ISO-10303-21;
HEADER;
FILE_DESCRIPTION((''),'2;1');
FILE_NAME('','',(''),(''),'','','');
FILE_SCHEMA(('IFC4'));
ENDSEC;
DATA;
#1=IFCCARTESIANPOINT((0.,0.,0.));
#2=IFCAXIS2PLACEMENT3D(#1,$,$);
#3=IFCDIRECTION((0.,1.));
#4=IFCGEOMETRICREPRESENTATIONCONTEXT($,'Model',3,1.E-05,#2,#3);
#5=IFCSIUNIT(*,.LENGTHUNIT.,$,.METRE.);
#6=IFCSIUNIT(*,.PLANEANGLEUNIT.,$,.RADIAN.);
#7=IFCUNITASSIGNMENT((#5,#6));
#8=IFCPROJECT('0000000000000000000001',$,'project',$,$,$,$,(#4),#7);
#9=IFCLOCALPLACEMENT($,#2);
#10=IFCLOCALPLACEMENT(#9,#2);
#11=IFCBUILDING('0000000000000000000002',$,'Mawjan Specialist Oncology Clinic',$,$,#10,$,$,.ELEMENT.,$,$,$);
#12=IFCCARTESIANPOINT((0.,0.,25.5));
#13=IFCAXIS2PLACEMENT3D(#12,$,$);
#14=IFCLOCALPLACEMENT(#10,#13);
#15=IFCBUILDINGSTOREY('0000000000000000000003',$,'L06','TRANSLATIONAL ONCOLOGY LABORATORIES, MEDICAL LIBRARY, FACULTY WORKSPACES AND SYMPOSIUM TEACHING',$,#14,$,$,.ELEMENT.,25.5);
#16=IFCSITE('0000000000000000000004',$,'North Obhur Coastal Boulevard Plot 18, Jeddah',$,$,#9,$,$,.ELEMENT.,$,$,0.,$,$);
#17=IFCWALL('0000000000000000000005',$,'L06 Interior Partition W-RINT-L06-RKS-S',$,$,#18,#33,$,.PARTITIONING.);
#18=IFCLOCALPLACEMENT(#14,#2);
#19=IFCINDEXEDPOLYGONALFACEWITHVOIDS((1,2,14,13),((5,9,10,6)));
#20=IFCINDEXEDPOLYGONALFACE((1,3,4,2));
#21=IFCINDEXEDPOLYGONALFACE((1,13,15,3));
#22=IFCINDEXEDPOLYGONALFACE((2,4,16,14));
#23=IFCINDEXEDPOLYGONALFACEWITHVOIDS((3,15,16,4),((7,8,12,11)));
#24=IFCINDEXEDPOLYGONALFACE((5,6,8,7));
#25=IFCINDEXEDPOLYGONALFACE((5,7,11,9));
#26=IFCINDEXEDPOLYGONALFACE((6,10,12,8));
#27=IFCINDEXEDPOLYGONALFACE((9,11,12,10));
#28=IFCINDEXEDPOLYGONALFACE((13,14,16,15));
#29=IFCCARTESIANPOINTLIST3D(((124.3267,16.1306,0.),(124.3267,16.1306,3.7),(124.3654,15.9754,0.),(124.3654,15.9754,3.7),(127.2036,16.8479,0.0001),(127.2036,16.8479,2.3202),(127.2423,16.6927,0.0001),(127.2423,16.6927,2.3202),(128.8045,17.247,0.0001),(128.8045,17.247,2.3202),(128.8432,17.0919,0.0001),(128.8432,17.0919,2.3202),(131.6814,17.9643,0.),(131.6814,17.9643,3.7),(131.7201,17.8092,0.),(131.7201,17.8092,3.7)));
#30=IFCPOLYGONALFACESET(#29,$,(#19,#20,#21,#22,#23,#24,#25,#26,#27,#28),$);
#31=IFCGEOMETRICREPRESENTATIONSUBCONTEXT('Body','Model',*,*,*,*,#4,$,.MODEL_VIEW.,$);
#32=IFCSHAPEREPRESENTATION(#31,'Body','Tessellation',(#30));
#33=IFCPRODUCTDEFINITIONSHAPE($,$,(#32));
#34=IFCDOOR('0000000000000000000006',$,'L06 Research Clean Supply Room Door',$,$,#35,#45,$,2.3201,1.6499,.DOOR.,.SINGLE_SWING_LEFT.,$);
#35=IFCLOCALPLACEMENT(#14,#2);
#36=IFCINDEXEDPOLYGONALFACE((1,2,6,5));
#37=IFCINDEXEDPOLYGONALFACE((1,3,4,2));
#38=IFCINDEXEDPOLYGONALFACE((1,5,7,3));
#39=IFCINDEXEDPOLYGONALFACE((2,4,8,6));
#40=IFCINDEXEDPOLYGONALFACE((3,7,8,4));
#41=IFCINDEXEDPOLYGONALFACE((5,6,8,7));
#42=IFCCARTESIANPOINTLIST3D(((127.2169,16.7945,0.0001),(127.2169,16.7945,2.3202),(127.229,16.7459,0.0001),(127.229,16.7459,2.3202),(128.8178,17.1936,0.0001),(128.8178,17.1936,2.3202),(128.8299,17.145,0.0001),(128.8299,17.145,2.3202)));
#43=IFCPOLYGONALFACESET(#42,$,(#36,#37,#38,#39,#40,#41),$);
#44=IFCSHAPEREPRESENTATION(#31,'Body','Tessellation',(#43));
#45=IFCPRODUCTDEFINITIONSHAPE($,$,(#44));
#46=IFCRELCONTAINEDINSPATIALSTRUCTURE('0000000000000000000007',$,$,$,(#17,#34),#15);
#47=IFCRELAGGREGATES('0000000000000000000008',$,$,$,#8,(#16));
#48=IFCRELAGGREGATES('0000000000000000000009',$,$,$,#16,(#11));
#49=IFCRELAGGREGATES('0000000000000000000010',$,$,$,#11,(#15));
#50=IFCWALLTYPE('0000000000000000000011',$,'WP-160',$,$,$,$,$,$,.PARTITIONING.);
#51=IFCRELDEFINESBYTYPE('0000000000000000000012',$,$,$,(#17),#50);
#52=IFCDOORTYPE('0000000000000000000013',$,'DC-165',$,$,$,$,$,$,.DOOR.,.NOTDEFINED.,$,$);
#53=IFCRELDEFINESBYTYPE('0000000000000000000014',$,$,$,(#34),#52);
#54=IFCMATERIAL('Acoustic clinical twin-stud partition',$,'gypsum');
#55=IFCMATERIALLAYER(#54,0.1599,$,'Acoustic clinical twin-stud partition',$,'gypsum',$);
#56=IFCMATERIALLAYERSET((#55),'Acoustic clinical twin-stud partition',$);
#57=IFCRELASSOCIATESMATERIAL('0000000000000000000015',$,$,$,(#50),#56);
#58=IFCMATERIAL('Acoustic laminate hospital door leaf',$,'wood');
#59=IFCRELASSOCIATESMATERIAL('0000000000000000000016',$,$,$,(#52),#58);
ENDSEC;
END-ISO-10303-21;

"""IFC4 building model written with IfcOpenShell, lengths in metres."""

from ifc_helpers import new_model, si_unit, direction, frame, frame_2d, origin, place, context, subcontext, project, spatial, rectangle, extrude, material, layer, layer_set, type_object, element, fill, save


model = new_model("IFC4")

# Units and contexts
model_context = context("Model", 3, precision=1e-05, world=origin(), true_north=direction((0.0, 1.0)))
body_context = subcontext(model_context, "Body", "Model", "MODEL_VIEW")
ifc_project = project(units=[si_unit("LENGTHUNIT", "METRE"), si_unit("PLANEANGLEUNIT", "RADIAN")], contexts=[model_context])

# Site, building, storey
site_placement = place(None, origin())
site = spatial("IfcSite", under=ifc_project, at=site_placement, Name="North Obhur Coastal Boulevard Plot 18, Jeddah", CompositionType="ELEMENT", RefElevation=0.0)
building_placement = place(site_placement, origin())
building = spatial("IfcBuilding", under=site, at=building_placement, Name="Mawjan Specialist Oncology Clinic", CompositionType="ELEMENT")
storey_placement = place(building_placement, frame((0.0, 0.0, 25.5)))
storey = spatial("IfcBuildingStorey", under=building, at=storey_placement, Name="L06", Description="TRANSLATIONAL ONCOLOGY LABORATORIES, MEDICAL LIBRARY, FACULTY WORKSPACES AND SYMPOSIUM TEACHING", CompositionType="ELEMENT", Elevation=25.5)

# Wall, opening, door
ifc_material_1 = material(Name="Acoustic clinical twin-stud partition", Category="gypsum")
ifc_layer_1 = layer(ifc_material_1, 0.1599, Name="Acoustic clinical twin-stud partition", Category="gypsum")
ifc_layer_set_1 = layer_set([ifc_layer_1], Name="Acoustic clinical twin-stud partition")
wall_type_1 = type_object("IfcWallType", Name="WP-160", PredefinedType="PARTITIONING", material=ifc_layer_set_1)
wall_1_placement = place(storey_placement, frame((124.3459, 16.053, 0.0), z_axis=(0.0, 0.0, 1.0), x_axis=(0.970296, 0.241922, 0.0)))
wall_1 = element("IfcWall", 1, at=wall_1_placement, inside=storey, type_object=wall_type_1, Name="L06 Interior Partition W-RINT-L06-RKS-S", PredefinedType="PARTITIONING", context=body_context, shape_type="SweptSolid", body=[
    extrude(rectangle(XDim=7.5798, YDim=0.1599, at=frame_2d((3.79, 0.0))), origin(), (0.0, 0.0, 1.0), 3.7),
])
opening_1_placement = place(wall_1_placement, frame((2.9651, 0.0, 0.0)))
opening_1 = element("IfcOpeningElement", 2, at=opening_1_placement, cuts=wall_1, PredefinedType="OPENING", context=body_context, shape_type="SweptSolid", body=[
    extrude(rectangle(XDim=1.6499, YDim=2.3201, at=frame_2d((0.825, 1.1602))), frame((0.0, 0.092, 0.0), z_axis=(0.0, -1.0, 0.0), x_axis=(1.0, 0.0, 0.0)), (0.0, 0.0, 1.0), 0.1838),
])
ifc_material_2 = material(Name="Acoustic laminate hospital door leaf", Category="wood")
door_type_1 = type_object("IfcDoorType", Name="DC-165", OperationType="NOTDEFINED", PredefinedType="DOOR", material=ifc_material_2)
door_1_placement = place(opening_1_placement, origin())
door_1 = element("IfcDoor", 3, at=door_1_placement, inside=storey, type_object=door_type_1, Name="L06 Research Clean Supply Room Door", OperationType="SINGLE_SWING_LEFT", OverallHeight=2.3201, OverallWidth=1.6499, PredefinedType="DOOR", context=body_context, shape_type="SweptSolid", body=[
    extrude(rectangle(XDim=1.6499, YDim=2.3201, at=frame_2d((0.825, 1.1602))), frame((0.0, 0.0249, 0.0), z_axis=(0.0, -1.0, 0.0), x_axis=(1.0, 0.0, 0.0)), (0.0, 0.0, 1.0), 0.05),
])
fill(opening_1, door_1)

save(model, "model.ifc")
